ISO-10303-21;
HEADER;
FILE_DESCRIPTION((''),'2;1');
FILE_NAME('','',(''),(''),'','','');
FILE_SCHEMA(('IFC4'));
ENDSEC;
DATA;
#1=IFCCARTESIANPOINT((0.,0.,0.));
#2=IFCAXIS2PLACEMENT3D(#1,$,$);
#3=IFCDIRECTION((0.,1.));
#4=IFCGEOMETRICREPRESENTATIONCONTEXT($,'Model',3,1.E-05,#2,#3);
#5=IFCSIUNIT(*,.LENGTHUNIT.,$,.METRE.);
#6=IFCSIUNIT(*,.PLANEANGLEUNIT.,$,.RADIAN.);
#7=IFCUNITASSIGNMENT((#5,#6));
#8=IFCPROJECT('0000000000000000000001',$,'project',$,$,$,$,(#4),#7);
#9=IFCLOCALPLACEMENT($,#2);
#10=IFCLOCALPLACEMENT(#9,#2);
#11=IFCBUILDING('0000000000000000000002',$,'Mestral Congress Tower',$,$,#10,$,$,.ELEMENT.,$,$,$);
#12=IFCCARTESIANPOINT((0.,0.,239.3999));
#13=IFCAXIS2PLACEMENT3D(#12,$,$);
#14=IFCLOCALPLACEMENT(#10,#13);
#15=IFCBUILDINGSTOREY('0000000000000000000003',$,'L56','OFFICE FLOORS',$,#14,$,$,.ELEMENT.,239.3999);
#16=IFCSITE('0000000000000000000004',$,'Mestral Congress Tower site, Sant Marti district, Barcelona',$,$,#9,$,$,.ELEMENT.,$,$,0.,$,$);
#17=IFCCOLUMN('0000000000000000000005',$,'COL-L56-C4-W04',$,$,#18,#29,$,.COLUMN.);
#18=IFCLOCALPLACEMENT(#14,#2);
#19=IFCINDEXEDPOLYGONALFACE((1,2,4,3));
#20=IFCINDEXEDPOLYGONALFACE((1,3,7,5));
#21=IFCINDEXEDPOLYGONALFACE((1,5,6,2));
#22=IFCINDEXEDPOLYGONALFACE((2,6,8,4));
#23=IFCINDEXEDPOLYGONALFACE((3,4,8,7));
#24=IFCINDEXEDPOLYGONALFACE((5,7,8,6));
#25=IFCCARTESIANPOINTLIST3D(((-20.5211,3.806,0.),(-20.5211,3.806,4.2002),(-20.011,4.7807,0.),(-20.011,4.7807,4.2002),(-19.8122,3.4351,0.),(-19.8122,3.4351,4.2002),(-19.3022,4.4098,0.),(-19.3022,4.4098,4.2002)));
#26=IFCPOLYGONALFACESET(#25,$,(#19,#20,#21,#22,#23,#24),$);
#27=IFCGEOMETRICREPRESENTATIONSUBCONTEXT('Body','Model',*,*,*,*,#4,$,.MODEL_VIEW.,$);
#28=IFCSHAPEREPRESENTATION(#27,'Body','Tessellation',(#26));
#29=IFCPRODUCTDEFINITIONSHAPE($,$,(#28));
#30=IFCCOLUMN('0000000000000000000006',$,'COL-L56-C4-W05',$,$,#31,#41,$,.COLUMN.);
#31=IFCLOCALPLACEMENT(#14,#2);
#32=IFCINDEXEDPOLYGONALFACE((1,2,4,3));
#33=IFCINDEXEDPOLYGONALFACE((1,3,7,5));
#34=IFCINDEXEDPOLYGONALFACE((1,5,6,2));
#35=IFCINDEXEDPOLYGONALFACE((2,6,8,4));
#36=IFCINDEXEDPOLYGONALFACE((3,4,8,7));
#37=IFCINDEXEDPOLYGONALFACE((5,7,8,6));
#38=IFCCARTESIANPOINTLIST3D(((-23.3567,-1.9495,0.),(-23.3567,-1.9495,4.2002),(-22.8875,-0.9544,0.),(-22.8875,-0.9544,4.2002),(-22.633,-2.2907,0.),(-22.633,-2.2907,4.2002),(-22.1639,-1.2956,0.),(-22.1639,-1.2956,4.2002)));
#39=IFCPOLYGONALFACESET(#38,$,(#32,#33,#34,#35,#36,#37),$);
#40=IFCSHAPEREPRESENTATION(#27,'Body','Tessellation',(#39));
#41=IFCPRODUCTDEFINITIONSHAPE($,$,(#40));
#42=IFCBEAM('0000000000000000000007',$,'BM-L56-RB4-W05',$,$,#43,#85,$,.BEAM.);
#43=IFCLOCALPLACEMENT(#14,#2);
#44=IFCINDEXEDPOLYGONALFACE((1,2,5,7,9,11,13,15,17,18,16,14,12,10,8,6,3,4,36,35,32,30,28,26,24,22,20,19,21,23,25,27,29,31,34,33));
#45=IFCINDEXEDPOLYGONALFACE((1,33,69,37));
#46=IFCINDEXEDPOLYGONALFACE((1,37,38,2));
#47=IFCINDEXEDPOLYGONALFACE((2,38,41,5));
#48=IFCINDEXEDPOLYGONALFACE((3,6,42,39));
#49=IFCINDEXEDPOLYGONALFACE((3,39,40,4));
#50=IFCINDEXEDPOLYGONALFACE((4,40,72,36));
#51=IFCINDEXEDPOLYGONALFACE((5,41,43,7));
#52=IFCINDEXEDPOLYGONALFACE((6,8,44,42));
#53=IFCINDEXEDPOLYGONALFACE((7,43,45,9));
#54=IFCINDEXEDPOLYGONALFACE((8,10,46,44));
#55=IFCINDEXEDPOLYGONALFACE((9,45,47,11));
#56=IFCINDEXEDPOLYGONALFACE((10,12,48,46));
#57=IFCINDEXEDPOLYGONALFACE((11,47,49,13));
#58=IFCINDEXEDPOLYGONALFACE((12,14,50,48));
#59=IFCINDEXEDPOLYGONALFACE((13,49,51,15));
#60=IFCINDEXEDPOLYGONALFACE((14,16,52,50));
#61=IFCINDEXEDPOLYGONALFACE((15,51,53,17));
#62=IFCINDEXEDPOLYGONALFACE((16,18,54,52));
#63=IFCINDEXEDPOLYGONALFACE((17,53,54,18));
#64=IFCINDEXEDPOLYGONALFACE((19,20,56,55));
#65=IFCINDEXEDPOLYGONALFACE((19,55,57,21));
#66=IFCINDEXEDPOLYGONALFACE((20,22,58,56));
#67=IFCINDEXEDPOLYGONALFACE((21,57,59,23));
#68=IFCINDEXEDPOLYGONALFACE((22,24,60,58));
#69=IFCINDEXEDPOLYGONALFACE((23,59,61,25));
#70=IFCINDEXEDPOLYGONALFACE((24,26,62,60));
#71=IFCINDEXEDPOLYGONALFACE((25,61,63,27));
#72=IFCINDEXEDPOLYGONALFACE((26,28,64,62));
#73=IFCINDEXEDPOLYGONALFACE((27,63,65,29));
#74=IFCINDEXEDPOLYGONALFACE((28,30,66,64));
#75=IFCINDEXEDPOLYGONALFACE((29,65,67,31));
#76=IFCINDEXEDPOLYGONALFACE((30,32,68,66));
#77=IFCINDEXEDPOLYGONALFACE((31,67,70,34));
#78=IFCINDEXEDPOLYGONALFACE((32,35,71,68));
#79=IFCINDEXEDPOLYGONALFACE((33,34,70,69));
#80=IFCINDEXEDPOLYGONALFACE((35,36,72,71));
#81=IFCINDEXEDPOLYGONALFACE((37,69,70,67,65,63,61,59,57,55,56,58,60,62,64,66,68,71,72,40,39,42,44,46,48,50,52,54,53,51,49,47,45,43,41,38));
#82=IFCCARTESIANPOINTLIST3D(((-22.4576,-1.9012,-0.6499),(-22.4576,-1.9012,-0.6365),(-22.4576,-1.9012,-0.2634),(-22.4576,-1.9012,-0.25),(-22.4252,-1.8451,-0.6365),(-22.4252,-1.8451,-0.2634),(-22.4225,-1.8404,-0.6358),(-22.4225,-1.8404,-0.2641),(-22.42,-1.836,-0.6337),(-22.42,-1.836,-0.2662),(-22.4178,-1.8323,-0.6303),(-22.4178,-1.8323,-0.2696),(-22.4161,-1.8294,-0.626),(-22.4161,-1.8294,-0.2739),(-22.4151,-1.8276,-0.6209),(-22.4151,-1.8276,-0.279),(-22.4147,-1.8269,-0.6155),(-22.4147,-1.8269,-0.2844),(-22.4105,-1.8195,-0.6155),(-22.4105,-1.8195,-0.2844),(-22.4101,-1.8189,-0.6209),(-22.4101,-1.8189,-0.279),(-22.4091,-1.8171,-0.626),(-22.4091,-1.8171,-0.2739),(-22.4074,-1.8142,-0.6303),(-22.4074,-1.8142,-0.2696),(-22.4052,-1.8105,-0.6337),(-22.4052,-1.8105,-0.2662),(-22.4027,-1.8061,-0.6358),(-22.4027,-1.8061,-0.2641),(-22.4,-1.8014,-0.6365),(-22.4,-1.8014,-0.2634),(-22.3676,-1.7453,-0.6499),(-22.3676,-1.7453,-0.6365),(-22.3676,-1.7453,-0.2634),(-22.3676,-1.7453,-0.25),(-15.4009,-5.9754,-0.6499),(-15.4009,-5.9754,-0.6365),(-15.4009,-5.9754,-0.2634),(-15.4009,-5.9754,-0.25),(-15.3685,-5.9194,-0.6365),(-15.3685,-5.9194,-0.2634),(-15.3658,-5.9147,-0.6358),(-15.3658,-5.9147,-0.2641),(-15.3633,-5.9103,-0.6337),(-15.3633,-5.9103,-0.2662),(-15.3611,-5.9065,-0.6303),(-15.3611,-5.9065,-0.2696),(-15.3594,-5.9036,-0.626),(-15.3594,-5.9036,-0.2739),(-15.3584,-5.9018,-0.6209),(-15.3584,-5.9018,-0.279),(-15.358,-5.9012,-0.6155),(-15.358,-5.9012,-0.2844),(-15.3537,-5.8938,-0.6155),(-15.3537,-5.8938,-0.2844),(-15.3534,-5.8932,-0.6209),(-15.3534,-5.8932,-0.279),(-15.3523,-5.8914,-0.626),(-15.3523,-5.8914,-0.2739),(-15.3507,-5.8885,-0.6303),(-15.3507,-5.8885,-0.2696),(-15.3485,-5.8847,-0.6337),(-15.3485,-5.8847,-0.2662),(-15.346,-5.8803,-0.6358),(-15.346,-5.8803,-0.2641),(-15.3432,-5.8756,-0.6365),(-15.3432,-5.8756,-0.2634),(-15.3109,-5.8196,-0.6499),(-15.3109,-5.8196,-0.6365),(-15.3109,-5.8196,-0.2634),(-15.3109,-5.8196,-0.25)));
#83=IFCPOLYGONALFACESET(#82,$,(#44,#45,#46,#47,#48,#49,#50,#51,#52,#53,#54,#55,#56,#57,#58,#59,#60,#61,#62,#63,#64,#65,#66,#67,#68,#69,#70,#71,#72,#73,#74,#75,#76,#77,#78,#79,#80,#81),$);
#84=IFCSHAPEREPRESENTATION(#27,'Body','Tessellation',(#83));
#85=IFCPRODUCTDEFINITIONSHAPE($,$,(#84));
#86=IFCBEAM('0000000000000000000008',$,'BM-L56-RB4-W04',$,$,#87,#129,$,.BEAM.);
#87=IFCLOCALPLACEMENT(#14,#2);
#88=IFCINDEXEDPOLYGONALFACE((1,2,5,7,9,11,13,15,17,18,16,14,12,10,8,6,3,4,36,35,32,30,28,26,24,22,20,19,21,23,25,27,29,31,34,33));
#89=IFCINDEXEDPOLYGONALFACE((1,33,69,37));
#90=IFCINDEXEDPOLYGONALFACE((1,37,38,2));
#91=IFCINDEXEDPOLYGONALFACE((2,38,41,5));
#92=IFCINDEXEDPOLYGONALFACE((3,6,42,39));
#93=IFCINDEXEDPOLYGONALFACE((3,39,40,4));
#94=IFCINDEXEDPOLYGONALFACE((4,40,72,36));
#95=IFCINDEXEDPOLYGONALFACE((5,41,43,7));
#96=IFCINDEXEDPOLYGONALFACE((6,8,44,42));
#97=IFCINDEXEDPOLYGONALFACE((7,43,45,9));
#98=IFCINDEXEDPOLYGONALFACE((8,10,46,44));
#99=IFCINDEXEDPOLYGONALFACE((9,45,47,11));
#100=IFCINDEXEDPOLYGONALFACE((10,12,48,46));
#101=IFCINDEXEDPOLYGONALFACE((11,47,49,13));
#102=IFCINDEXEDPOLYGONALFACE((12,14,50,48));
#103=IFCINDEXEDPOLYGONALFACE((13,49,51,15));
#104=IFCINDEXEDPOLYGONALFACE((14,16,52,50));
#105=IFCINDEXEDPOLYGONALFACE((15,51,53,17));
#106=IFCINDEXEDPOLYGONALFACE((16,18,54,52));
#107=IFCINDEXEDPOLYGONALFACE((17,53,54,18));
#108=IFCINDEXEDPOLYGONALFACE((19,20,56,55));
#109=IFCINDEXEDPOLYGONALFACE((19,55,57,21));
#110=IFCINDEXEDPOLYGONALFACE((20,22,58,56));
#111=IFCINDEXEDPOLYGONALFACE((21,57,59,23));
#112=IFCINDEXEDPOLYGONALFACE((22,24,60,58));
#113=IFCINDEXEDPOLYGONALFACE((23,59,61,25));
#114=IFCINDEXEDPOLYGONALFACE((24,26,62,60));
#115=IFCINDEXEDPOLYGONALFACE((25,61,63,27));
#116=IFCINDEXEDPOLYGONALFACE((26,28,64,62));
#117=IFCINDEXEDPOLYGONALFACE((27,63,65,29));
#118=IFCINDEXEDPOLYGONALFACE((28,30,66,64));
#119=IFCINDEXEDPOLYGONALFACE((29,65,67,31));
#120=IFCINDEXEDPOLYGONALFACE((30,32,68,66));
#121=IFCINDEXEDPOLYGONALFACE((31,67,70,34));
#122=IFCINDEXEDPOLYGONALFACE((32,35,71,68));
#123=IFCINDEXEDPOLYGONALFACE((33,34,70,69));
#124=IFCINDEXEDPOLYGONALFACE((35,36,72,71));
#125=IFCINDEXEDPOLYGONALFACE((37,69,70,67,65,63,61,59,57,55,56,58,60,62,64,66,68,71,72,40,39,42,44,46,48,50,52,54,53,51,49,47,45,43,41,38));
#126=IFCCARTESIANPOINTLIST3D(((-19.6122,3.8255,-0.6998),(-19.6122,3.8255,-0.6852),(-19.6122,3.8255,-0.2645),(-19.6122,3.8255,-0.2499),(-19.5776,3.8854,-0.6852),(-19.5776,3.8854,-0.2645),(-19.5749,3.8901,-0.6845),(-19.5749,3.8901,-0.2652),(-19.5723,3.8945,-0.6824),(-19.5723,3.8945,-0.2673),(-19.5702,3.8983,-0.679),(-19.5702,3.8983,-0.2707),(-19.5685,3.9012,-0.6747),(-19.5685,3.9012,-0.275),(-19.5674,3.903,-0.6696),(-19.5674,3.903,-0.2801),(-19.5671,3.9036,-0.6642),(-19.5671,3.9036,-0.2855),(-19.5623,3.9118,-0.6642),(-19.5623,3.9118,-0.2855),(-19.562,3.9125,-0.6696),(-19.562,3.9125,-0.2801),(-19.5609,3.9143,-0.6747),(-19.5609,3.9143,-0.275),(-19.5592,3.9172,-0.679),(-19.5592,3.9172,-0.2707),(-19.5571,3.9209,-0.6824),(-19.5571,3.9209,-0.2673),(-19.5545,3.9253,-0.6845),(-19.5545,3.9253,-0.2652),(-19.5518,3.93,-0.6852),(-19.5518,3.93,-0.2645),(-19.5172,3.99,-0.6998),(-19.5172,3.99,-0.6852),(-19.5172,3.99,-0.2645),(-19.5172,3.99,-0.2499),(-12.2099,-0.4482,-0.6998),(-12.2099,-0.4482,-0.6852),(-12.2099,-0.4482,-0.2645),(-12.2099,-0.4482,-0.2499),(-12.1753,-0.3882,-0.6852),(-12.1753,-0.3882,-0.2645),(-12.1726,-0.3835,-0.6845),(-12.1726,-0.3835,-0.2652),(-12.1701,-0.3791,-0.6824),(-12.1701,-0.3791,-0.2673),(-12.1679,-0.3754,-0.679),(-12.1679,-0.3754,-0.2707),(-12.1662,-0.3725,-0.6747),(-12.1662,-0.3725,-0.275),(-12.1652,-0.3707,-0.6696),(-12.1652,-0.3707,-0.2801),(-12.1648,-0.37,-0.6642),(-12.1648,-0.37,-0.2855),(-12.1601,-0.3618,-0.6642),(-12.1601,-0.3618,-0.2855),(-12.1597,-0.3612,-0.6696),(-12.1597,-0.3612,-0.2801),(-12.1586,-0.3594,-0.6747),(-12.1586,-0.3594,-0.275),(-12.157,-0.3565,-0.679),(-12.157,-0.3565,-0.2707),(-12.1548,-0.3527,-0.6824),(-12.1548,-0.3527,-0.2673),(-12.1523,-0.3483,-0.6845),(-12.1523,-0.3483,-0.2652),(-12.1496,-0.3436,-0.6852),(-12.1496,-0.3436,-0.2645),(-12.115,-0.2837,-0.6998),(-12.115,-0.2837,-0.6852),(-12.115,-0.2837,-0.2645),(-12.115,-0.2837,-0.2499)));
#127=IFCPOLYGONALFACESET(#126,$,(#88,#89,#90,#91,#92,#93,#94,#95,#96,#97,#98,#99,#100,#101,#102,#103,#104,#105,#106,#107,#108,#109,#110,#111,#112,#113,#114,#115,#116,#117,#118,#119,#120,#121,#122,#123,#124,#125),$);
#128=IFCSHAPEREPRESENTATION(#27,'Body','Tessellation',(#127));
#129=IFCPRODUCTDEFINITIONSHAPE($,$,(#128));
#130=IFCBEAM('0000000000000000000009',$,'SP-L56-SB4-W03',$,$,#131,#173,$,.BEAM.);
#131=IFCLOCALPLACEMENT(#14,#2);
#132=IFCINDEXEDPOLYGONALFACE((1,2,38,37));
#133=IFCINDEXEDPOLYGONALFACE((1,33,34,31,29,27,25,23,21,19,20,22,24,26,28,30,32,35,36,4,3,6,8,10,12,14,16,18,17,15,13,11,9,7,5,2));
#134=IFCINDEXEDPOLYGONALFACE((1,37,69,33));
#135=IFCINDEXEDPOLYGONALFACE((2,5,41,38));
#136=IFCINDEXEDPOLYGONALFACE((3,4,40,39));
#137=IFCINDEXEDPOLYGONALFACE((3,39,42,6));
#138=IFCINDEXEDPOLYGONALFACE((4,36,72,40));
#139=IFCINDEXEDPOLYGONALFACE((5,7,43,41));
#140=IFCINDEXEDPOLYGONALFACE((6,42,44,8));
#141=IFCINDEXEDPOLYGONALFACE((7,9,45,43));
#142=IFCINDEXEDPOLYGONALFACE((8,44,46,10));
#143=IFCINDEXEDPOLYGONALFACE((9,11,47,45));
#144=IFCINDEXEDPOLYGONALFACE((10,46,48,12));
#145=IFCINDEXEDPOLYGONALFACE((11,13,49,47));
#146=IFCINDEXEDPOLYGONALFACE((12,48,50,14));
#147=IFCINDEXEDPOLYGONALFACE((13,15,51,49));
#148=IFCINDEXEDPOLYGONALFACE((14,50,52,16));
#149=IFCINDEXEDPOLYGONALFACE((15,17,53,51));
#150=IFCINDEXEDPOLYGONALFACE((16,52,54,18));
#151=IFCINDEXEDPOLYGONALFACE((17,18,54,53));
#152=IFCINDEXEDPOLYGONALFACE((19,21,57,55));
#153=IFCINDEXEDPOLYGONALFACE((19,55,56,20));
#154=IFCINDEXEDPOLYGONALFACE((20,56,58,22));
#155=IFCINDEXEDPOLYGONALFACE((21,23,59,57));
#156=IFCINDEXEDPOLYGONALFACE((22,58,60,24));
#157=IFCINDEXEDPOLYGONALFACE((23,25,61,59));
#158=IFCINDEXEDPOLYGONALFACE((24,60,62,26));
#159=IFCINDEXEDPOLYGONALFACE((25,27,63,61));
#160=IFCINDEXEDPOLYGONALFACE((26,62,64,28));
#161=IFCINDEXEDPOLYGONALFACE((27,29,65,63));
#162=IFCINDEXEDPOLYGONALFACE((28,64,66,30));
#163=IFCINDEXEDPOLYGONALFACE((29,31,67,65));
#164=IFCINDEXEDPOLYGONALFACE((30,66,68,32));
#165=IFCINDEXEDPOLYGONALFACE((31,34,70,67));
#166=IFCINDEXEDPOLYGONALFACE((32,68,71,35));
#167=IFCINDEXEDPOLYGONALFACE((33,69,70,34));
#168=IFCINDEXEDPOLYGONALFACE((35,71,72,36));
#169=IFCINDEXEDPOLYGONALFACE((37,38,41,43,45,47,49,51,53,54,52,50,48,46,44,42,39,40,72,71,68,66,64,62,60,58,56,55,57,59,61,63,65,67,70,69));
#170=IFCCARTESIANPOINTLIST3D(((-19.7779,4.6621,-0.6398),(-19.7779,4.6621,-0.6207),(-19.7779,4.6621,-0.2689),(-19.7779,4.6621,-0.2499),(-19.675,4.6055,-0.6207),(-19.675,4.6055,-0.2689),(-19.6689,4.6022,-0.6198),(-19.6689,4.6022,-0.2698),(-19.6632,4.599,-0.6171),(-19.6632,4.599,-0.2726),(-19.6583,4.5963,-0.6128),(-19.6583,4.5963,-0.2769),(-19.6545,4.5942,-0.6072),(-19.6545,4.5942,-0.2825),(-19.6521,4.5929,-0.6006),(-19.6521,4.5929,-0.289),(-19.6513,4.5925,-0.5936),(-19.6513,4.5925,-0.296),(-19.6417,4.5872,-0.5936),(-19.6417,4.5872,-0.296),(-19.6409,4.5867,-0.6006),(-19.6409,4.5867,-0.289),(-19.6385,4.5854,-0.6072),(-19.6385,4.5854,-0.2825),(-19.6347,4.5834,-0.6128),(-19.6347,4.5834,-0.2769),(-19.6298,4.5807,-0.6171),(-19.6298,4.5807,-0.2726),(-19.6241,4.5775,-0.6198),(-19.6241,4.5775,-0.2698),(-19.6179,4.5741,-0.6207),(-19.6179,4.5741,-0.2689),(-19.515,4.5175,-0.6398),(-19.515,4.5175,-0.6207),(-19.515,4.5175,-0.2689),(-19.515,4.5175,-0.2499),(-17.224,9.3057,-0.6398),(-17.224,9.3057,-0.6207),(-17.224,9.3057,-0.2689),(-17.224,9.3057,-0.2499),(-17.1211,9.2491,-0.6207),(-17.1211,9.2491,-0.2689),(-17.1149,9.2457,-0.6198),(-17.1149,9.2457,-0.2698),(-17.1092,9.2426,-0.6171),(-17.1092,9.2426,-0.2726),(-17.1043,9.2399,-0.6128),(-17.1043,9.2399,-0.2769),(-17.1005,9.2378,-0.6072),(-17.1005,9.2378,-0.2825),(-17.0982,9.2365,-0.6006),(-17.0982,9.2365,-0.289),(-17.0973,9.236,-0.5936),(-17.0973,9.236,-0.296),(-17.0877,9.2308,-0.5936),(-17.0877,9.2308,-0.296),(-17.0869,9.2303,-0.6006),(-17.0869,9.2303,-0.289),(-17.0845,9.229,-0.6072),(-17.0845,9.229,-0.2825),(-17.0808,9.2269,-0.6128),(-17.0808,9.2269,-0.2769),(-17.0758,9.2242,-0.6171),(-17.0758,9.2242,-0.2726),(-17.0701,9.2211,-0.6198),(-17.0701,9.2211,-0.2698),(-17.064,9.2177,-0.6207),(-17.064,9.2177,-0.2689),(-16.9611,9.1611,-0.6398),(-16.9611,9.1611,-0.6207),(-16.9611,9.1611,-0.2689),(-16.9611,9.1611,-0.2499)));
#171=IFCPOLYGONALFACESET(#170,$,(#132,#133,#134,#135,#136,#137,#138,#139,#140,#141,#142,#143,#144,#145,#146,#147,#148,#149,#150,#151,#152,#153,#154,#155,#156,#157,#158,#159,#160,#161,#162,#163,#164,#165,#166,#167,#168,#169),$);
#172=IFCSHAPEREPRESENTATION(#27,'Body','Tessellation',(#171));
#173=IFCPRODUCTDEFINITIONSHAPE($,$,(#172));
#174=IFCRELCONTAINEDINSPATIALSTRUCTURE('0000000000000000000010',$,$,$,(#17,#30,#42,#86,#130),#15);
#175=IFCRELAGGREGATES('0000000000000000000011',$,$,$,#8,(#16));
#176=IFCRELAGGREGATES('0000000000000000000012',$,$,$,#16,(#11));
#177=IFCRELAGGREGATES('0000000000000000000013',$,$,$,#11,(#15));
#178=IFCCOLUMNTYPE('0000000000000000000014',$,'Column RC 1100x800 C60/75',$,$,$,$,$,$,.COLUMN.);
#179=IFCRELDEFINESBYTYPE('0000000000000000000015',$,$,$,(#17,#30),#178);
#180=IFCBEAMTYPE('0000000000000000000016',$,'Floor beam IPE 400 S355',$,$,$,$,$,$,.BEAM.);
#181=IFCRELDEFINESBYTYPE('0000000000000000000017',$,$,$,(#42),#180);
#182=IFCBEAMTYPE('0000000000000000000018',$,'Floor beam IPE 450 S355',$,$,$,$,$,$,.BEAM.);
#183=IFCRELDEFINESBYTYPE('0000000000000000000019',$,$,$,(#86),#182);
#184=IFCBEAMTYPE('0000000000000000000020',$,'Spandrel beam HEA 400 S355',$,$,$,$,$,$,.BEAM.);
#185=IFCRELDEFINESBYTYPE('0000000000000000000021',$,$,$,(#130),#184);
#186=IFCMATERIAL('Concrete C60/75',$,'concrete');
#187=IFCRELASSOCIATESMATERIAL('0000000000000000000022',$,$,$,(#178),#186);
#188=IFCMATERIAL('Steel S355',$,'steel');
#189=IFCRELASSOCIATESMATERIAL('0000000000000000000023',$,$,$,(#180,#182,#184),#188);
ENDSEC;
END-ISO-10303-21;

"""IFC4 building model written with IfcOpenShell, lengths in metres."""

from ifc_helpers import new_model, si_unit, direction, frame, origin, origin_2d, place, context, subcontext, project, spatial, rectangle, i_section, extrude, material, material_profile, profile_set, type_object, element, save


model = new_model("IFC4")

# Units and contexts
model_context = context("Model", 3, precision=1e-05, world=origin(), true_north=direction((0.0, 1.0)))
body_context = subcontext(model_context, "Body", "Model", "MODEL_VIEW")
ifc_project = project(units=[si_unit("LENGTHUNIT", "METRE"), si_unit("PLANEANGLEUNIT", "RADIAN")], contexts=[model_context])

# Site, building, storey
site_placement = place(None, origin())
site = spatial("IfcSite", under=ifc_project, at=site_placement, Name="Mestral Congress Tower site, Sant Marti district, Barcelona", CompositionType="ELEMENT", RefElevation=0.0)
building_placement = place(site_placement, origin())
building = spatial("IfcBuilding", under=site, at=building_placement, Name="Mestral Congress Tower", CompositionType="ELEMENT")
storey_placement = place(building_placement, frame((0.0, 0.0, 239.3999)))
storey = spatial("IfcBuildingStorey", under=building, at=storey_placement, Name="L56", Description="OFFICE FLOORS", CompositionType="ELEMENT", Elevation=239.3999)

# Columns
ifc_material_1 = material(Name="Concrete C60/75", Category="concrete")
ifc_material_profile_1 = material_profile(ifc_material_1, rectangle(XDim=1.1001, YDim=0.8, at=origin_2d()), Name="RC 1100x800")
ifc_profile_set_1 = profile_set([ifc_material_profile_1], Name="Concrete C60/75")
column_type = type_object("IfcColumnType", Name="Column RC 1100x800 C60/75", PredefinedType="COLUMN", material=ifc_profile_set_1)
for number, where, z_axis, x_axis, name in (
    (1, (-19.9116, 4.1079, 0.0), (0.0, 0.0, 1.0), (-0.463636, -0.886026, 0.0), "COL-L56-C4-W04"),
    (2, (-22.7603, -1.6226, 0.0), (0.0, 0.0, 1.0), (-0.426472, -0.904501, 0.0), "COL-L56-C4-W05"),
):
    element("IfcColumn", number, at=place(storey_placement, frame(where, z_axis=z_axis, x_axis=x_axis)), inside=storey, type_object=column_type, Name=name, PredefinedType="COLUMN", context=body_context, shape_type="SweptSolid", body=[
        extrude(rectangle(XDim=1.1001, YDim=0.8, at=origin_2d()), origin(), (0.0, 0.0, 1.0), 4.2002),
    ])

# Beams
ifc_material_2 = material(Name="Steel S355", Category="steel")
ifc_material_profile_2 = material_profile(ifc_material_2, i_section(OverallWidth=0.1799, OverallDepth=0.3999, WebThickness=0.0085, FlangeThickness=0.0134, FilletRadius=0.021, at=origin_2d()), Name="IPE 400")
ifc_profile_set_2 = profile_set([ifc_material_profile_2], Name="Steel S355")
beam_type_1 = type_object("IfcBeamType", Name="Floor beam IPE 400 S355", PredefinedType="BEAM", material=ifc_profile_set_2)
beam_1_placement = place(storey_placement, frame((-22.4126, -1.8232, -0.45), z_axis=(0.866022, -0.500006, 0.0), x_axis=(0.500006, 0.866022, 0.0)))
element("IfcBeam", 3, at=beam_1_placement, inside=storey, type_object=beam_type_1, Name="BM-L56-RB4-W05", PredefinedType="BEAM", context=body_context, shape_type="SweptSolid", body=[
    extrude(i_section(OverallWidth=0.1799, OverallDepth=0.3999, WebThickness=0.0085, FlangeThickness=0.0134, FilletRadius=0.021, at=origin_2d()), origin(), (0.0, 0.0, 1.0), 8.1484),
])
ifc_material_profile_3 = material_profile(ifc_material_2, i_section(OverallWidth=0.1899, OverallDepth=0.45, WebThickness=0.0095, FlangeThickness=0.0146, FilletRadius=0.021, at=origin_2d()), Name="IPE 450")
ifc_profile_set_3 = profile_set([ifc_material_profile_3], Name="Steel S355")
beam_type_2 = type_object("IfcBeamType", Name="Floor beam IPE 450 S355", PredefinedType="BEAM", material=ifc_profile_set_3)
beam_2_placement = place(storey_placement, frame((-19.5647, 3.9077, -0.4749), z_axis=(0.866029, -0.499994, 0.0), x_axis=(0.499994, 0.866029, 0.0)))
element("IfcBeam", 4, at=beam_2_placement, inside=storey, type_object=beam_type_2, Name="BM-L56-RB4-W04", PredefinedType="BEAM", context=body_context, shape_type="SweptSolid", body=[
    extrude(i_section(OverallWidth=0.1899, OverallDepth=0.45, WebThickness=0.0095, FlangeThickness=0.0146, FilletRadius=0.021, at=origin_2d()), origin(), (0.0, 0.0, 1.0), 8.5474),
])
ifc_material_profile_4 = material_profile(ifc_material_2, i_section(OverallWidth=0.3, OverallDepth=0.3899, WebThickness=0.011, FlangeThickness=0.019, FilletRadius=0.0271, at=origin_2d()), Name="HEA 400")
ifc_profile_set_4 = profile_set([ifc_material_profile_4], Name="Steel S355")
beam_type_3 = type_object("IfcBeamType", Name="Spandrel beam HEA 400 S355", PredefinedType="BEAM", material=ifc_profile_set_4)
beam_3_placement = place(storey_placement, frame((-17.0925, 9.2334, -0.4448), z_axis=(-0.481919, -0.876216, 0.0), x_axis=(0.876216, -0.481919, 0.0)))
element("IfcBeam", 5, at=beam_3_placement, inside=storey, type_object=beam_type_3, Name="SP-L56-SB4-W03", PredefinedType="BEAM", context=body_context, shape_type="SweptSolid", body=[
    extrude(i_section(OverallWidth=0.3, OverallDepth=0.3899, WebThickness=0.011, FlangeThickness=0.019, FilletRadius=0.0271, at=origin_2d()), origin(), (0.0, 0.0, 1.0), 5.2996),
])

save(model, "model.ifc")
